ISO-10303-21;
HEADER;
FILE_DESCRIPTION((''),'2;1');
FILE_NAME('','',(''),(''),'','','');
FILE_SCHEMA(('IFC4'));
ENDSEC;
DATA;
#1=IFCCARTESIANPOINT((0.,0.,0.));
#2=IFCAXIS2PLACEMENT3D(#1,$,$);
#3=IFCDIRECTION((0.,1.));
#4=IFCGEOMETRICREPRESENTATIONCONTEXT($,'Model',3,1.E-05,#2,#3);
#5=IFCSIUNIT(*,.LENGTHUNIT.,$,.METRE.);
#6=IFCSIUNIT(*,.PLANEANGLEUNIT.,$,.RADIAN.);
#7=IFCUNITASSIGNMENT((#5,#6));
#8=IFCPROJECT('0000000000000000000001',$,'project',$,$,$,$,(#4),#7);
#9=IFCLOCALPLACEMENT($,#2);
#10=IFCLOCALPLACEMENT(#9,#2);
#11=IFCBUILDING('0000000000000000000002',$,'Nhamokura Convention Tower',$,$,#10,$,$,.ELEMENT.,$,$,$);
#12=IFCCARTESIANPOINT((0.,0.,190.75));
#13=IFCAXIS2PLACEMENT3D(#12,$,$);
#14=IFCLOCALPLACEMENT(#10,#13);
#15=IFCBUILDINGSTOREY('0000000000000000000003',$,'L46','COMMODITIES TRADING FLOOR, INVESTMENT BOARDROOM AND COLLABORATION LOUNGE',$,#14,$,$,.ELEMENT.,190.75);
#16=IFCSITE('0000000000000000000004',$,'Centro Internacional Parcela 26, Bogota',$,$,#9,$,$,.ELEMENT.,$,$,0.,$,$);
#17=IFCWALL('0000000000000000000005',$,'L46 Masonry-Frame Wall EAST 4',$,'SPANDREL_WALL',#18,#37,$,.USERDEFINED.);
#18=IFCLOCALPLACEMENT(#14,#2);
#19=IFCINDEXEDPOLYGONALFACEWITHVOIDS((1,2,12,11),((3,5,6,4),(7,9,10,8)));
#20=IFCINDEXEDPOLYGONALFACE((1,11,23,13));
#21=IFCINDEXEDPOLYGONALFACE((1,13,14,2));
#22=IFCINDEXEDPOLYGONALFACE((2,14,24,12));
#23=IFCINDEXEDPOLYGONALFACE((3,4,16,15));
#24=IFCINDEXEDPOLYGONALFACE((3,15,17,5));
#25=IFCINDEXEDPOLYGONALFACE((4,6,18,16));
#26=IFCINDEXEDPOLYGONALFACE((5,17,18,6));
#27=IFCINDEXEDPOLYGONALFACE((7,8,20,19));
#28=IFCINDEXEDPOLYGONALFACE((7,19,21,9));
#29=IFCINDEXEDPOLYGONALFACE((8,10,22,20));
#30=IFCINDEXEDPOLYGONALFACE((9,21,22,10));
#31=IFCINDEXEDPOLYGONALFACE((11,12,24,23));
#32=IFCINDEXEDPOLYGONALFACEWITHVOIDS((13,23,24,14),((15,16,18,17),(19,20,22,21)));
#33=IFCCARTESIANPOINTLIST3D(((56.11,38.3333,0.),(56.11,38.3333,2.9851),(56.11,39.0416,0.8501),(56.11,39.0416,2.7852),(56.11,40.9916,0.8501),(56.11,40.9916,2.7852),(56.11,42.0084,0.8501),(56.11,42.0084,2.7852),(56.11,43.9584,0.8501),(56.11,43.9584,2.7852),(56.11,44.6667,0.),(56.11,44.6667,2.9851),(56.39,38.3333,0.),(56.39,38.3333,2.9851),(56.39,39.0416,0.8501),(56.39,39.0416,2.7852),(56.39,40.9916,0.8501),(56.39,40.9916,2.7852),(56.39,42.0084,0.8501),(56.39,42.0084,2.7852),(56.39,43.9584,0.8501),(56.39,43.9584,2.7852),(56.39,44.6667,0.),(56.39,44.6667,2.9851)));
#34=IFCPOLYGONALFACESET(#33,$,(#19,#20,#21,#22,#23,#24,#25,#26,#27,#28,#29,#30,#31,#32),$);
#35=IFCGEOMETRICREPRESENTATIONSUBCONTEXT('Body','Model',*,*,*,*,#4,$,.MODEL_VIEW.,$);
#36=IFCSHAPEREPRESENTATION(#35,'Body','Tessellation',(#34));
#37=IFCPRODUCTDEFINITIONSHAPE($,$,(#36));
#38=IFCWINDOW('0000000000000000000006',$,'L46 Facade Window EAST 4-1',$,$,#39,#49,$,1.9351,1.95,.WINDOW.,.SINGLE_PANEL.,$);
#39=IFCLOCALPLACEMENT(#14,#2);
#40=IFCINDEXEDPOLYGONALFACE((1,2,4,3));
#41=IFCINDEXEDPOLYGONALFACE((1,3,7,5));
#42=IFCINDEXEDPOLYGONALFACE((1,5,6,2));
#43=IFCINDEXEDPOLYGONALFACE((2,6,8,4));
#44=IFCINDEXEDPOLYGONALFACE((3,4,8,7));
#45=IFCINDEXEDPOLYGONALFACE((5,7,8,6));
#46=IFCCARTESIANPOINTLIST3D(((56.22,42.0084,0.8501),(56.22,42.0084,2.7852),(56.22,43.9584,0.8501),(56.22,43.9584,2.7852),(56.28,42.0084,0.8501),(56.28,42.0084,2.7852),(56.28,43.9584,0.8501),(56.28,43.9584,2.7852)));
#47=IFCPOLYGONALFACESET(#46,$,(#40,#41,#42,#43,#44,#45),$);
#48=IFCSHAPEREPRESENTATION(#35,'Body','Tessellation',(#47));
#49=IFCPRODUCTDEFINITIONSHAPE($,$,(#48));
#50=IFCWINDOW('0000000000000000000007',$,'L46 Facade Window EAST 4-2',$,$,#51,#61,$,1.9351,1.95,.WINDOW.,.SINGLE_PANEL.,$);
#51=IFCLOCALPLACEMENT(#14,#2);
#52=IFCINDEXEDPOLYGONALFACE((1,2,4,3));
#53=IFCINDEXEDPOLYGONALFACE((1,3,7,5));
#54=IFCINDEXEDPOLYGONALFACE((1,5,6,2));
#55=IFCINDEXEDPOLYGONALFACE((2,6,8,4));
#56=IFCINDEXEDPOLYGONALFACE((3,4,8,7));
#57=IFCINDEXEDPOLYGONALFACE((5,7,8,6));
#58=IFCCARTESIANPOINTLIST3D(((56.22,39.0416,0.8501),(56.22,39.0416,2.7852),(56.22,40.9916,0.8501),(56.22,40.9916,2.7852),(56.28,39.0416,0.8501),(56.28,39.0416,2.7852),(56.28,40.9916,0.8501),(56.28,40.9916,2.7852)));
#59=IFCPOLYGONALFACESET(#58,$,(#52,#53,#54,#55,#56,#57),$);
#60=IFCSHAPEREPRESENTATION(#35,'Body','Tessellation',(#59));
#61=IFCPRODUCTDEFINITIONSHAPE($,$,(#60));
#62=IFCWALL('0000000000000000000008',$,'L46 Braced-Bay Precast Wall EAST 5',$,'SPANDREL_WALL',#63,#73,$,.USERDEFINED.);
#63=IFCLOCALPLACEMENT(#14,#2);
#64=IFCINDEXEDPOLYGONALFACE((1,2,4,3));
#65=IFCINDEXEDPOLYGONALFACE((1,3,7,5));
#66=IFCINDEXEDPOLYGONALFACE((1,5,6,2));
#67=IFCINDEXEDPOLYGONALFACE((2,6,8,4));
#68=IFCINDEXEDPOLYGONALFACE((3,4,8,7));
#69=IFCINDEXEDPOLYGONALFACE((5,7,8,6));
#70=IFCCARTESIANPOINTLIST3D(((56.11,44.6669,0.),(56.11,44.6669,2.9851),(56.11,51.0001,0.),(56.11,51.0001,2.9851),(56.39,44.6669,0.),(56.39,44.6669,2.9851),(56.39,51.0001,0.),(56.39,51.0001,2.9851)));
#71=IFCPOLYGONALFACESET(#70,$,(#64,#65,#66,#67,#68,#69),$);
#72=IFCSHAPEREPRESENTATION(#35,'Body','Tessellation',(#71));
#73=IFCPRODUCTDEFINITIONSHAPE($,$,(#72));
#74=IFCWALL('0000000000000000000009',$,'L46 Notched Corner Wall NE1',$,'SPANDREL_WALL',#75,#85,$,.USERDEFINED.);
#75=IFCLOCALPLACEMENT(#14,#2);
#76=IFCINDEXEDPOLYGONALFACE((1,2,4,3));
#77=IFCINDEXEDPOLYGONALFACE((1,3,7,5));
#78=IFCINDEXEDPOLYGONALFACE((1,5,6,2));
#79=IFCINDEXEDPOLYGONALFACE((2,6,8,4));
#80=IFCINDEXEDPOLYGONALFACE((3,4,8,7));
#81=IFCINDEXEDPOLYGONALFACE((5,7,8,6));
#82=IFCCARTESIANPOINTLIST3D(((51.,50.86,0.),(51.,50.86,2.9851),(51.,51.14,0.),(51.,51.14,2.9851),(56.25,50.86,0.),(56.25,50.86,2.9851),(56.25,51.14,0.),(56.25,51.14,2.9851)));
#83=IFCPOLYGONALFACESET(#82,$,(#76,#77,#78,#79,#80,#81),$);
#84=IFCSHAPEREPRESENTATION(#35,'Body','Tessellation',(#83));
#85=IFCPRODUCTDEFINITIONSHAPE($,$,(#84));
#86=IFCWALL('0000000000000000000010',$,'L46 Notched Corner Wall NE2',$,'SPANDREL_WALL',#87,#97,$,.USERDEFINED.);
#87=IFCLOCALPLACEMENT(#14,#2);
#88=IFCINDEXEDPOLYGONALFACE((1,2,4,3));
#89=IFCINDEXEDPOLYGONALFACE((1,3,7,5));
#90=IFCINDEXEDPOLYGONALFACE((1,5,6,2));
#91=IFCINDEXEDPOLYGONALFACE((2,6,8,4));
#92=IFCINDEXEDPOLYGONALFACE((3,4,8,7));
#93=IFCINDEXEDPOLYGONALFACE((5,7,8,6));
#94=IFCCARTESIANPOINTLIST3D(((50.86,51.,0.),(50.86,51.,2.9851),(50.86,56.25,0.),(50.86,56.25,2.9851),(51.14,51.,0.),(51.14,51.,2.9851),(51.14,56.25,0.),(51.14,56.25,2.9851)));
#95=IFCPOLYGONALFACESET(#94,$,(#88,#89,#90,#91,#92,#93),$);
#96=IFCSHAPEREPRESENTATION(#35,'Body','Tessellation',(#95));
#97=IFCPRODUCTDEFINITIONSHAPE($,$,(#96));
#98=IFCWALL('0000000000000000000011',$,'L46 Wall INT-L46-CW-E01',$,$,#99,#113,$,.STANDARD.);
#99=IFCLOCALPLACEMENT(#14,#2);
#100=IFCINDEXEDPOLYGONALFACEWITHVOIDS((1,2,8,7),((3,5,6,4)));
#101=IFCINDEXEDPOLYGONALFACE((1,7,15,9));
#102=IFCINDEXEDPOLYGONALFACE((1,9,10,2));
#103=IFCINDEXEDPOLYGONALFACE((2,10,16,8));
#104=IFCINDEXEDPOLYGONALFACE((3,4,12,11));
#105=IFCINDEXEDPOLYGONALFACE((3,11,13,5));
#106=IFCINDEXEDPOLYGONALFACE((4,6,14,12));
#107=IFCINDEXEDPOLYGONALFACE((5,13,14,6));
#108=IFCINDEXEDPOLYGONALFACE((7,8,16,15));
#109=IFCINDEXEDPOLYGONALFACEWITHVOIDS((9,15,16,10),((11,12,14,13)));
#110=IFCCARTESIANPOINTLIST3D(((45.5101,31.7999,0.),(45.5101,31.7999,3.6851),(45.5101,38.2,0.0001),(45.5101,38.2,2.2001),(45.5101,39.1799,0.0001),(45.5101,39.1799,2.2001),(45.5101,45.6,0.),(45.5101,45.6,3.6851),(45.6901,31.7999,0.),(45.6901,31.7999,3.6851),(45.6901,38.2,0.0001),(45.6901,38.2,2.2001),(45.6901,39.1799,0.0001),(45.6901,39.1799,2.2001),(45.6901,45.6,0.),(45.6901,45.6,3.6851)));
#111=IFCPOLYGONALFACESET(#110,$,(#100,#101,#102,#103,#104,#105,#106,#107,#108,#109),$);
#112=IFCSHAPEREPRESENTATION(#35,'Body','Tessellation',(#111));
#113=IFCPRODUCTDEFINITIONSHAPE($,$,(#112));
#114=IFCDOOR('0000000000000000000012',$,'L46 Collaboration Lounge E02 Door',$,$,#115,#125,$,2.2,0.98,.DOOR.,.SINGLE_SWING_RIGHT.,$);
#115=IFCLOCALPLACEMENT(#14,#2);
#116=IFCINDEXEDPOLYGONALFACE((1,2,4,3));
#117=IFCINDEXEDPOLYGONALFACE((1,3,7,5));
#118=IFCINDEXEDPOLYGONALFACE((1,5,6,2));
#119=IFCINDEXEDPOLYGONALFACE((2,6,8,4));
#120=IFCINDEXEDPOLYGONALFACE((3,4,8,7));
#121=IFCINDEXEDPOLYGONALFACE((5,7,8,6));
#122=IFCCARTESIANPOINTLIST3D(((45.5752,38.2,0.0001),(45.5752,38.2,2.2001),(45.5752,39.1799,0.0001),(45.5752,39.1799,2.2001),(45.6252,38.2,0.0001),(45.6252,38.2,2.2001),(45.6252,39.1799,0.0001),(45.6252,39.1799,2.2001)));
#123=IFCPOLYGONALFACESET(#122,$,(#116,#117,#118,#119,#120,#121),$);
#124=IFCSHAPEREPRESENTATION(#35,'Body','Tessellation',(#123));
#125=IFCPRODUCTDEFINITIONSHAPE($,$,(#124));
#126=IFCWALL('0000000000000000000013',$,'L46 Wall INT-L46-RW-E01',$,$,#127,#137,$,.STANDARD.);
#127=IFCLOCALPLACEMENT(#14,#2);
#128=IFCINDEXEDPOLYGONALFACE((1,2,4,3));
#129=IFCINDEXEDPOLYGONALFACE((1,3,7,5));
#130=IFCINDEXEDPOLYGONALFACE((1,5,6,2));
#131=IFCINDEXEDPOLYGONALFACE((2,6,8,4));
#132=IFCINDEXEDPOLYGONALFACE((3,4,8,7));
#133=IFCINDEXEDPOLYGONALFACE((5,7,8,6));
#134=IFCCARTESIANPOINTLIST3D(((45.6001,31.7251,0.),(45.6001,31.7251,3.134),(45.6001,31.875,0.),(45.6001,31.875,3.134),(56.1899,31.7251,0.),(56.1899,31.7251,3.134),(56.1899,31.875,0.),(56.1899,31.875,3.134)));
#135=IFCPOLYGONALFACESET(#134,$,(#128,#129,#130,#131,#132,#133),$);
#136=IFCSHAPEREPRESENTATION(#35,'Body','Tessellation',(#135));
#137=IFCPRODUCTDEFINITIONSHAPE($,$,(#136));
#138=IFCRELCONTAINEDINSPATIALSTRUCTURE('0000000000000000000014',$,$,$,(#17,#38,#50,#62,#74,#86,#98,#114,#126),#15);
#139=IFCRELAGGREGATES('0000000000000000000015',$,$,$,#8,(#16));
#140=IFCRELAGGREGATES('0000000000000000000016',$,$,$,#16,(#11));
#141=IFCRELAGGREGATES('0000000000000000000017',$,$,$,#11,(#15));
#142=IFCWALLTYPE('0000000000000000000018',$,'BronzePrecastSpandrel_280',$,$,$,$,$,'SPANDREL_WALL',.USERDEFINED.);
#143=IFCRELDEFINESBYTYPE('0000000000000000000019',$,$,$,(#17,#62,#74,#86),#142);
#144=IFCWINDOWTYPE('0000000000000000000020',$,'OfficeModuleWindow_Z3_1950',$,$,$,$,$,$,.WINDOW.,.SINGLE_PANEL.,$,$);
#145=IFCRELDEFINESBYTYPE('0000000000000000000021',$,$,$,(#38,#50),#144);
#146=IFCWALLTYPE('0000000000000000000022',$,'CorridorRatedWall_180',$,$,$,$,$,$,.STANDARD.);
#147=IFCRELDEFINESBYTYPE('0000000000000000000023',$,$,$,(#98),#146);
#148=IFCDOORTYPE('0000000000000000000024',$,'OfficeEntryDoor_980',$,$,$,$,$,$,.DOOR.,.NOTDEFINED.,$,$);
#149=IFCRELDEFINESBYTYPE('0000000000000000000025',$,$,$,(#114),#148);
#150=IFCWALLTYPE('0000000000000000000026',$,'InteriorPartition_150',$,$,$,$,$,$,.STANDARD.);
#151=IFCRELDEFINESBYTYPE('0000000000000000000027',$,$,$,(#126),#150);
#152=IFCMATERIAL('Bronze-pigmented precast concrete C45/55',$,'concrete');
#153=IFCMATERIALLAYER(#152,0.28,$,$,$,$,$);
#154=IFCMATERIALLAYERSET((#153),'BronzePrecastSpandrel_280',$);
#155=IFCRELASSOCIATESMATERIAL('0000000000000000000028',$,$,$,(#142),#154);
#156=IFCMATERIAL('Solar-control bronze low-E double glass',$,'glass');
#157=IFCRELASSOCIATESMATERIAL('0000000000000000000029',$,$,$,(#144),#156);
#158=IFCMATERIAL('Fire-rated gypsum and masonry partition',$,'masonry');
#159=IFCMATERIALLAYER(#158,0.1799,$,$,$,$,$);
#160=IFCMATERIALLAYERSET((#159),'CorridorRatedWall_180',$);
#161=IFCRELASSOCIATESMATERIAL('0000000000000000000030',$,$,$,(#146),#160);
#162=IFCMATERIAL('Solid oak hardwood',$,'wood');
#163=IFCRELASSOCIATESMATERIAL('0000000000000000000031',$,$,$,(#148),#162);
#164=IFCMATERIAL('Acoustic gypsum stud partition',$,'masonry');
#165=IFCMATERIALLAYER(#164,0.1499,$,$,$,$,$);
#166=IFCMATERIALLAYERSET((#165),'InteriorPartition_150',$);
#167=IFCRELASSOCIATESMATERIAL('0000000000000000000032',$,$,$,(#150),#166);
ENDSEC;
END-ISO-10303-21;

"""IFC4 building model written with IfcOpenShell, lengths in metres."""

from ifc_helpers import new_model, si_unit, direction, frame, frame_2d, origin, place, context, subcontext, project, spatial, rectangle, extrude, material, layer, layer_set, type_object, element, fill, save


model = new_model("IFC4")

# Units and contexts
model_context = context("Model", 3, precision=1e-05, world=origin(), true_north=direction((0.0, 1.0)))
body_context = subcontext(model_context, "Body", "Model", "MODEL_VIEW")
ifc_project = project(units=[si_unit("LENGTHUNIT", "METRE"), si_unit("PLANEANGLEUNIT", "RADIAN")], contexts=[model_context])

# Site, building, storey
site_placement = place(None, origin())
site = spatial("IfcSite", under=ifc_project, at=site_placement, Name="Centro Internacional Parcela 26, Bogota", CompositionType="ELEMENT", RefElevation=0.0)
building_placement = place(site_placement, origin())
building = spatial("IfcBuilding", under=site, at=building_placement, Name="Nhamokura Convention Tower", CompositionType="ELEMENT")
storey_placement = place(building_placement, frame((0.0, 0.0, 190.75)))
storey = spatial("IfcBuildingStorey", under=building, at=storey_placement, Name="L46", Description="COMMODITIES TRADING FLOOR, INVESTMENT BOARDROOM AND COLLABORATION LOUNGE", CompositionType="ELEMENT", Elevation=190.75)

# Shared definitions
ifc_material_1 = material(Name="Bronze-pigmented precast concrete C45/55", Category="concrete")
ifc_layer_1 = layer(ifc_material_1, 0.28)
ifc_layer_set_1 = layer_set([ifc_layer_1], Name="BronzePrecastSpandrel_280")
wall_type_1 = type_object("IfcWallType", Name="BronzePrecastSpandrel_280", ElementType="SPANDREL_WALL", PredefinedType="USERDEFINED", material=ifc_layer_set_1)

# Wall, openings, windows
wall_1_placement = place(storey_placement, frame((56.25, 44.6667, 0.0), z_axis=(0.0, 0.0, 1.0), x_axis=(0.0, -1.0, 0.0)))
wall_1 = element("IfcWall", 1, at=wall_1_placement, inside=storey, type_object=wall_type_1, Name="L46 Masonry-Frame Wall EAST 4", ObjectType="SPANDREL_WALL", PredefinedType="USERDEFINED", context=body_context, shape_type="SweptSolid", body=[
    extrude(rectangle(XDim=6.3335, YDim=0.28, at=frame_2d((3.1667, 0.0))), origin(), (0.0, 0.0, 1.0), 2.9851),
])
opening_1_placement = place(wall_1_placement, frame((0.7083, 0.0, 0.8501)))
opening_1 = element("IfcOpeningElement", 2, at=opening_1_placement, cuts=wall_1, PredefinedType="OPENING", context=body_context, shape_type="SweptSolid", body=[
    extrude(rectangle(XDim=1.95, YDim=1.9351, at=frame_2d((0.9751, 0.9675))), frame((0.0, 0.1499, 0.0), z_axis=(0.0, -1.0, 0.0), x_axis=(1.0, 0.0, 0.0)), (0.0, 0.0, 1.0), 0.3),
])
opening_2_placement = place(wall_1_placement, frame((3.675, 0.0, 0.8501)))
opening_2 = element("IfcOpeningElement", 3, at=opening_2_placement, cuts=wall_1, PredefinedType="OPENING", context=body_context, shape_type="SweptSolid", body=[
    extrude(rectangle(XDim=1.95, YDim=1.9351, at=frame_2d((0.9751, 0.9675))), frame((0.0, 0.1499, 0.0), z_axis=(0.0, -1.0, 0.0), x_axis=(1.0, 0.0, 0.0)), (0.0, 0.0, 1.0), 0.3),
])
ifc_material_2 = material(Name="Solar-control bronze low-E double glass", Category="glass")
window_type_1 = type_object("IfcWindowType", Name="OfficeModuleWindow_Z3_1950", PartitioningType="SINGLE_PANEL", PredefinedType="WINDOW", material=ifc_material_2)
window_1_placement = place(opening_1_placement, origin())
window_1 = element("IfcWindow", 4, at=window_1_placement, inside=storey, type_object=window_type_1, Name="L46 Facade Window EAST 4-1", OverallHeight=1.9351, OverallWidth=1.95, PartitioningType="SINGLE_PANEL", PredefinedType="WINDOW", context=body_context, shape_type="SweptSolid", body=[
    extrude(rectangle(XDim=1.95, YDim=1.9351, at=frame_2d((0.9751, 0.9675))), frame((0.0, 0.03, 0.0), z_axis=(0.0, -1.0, 0.0), x_axis=(1.0, 0.0, 0.0)), (0.0, 0.0, 1.0), 0.0601),
])
fill(opening_1, window_1)
window_2_placement = place(opening_2_placement, origin())
window_2 = element("IfcWindow", 5, at=window_2_placement, inside=storey, type_object=window_type_1, Name="L46 Facade Window EAST 4-2", OverallHeight=1.9351, OverallWidth=1.95, PartitioningType="SINGLE_PANEL", PredefinedType="WINDOW", context=body_context, shape_type="SweptSolid", body=[
    extrude(rectangle(XDim=1.95, YDim=1.9351, at=frame_2d((0.9751, 0.9675))), frame((0.0, 0.03, 0.0), z_axis=(0.0, -1.0, 0.0), x_axis=(1.0, 0.0, 0.0)), (0.0, 0.0, 1.0), 0.0601),
])
fill(opening_2, window_2)

# Walls
wall_2_placement = place(storey_placement, frame((56.25, 51.0, 0.0), z_axis=(0.0, 0.0, 1.0), x_axis=(0.0, -1.0, 0.0)))
element("IfcWall", 6, at=wall_2_placement, inside=storey, type_object=wall_type_1, Name="L46 Braced-Bay Precast Wall EAST 5", ObjectType="SPANDREL_WALL", PredefinedType="USERDEFINED", context=body_context, shape_type="SweptSolid", body=[
    extrude(rectangle(XDim=6.3333, YDim=0.28, at=frame_2d((3.1665, 0.0))), origin(), (0.0, 0.0, 1.0), 2.9851),
])
for number, where, z_axis, x_axis, name in (
    (7, (51.0, 51.0, 0.0), (0.0, 0.0, 1.0), (1.0, 0.0, 0.0), "L46 Notched Corner Wall NE1"),
    (8, (51.0, 56.25, 0.0), (0.0, 0.0, 1.0), (0.0, -1.0, 0.0), "L46 Notched Corner Wall NE2"),
):
    element("IfcWall", number, at=place(storey_placement, frame(where, z_axis=z_axis, x_axis=x_axis)), inside=storey, type_object=wall_type_1, Name=name, ObjectType="SPANDREL_WALL", PredefinedType="USERDEFINED", context=body_context, shape_type="SweptSolid", body=[
        extrude(rectangle(XDim=5.25, YDim=0.28, at=frame_2d((2.625, 0.0))), origin(), (0.0, 0.0, 1.0), 2.9851),
    ])

# Wall, opening, door
ifc_material_3 = material(Name="Fire-rated gypsum and masonry partition", Category="masonry")
ifc_layer_2 = layer(ifc_material_3, 0.1799)
ifc_layer_set_2 = layer_set([ifc_layer_2], Name="CorridorRatedWall_180")
wall_type_2 = type_object("IfcWallType", Name="CorridorRatedWall_180", PredefinedType="STANDARD", material=ifc_layer_set_2)
wall_3_placement = place(storey_placement, frame((45.6001, 31.8, 0.0), z_axis=(0.0, 0.0, 1.0), x_axis=(0.0, 1.0, 0.0)))
wall_3 = element("IfcWall", 9, at=wall_3_placement, inside=storey, type_object=wall_type_2, Name="L46 Wall INT-L46-CW-E01", PredefinedType="STANDARD", context=body_context, shape_type="SweptSolid", body=[
    extrude(rectangle(XDim=13.8, YDim=0.1799, at=frame_2d((6.8999, 0.0))), origin(), (0.0, 0.0, 1.0), 3.6851),
])
opening_3_placement = place(wall_3_placement, frame((6.3999, 0.0, 0.0)))
opening_3 = element("IfcOpeningElement", 10, at=opening_3_placement, cuts=wall_3, PredefinedType="OPENING", context=body_context, shape_type="SweptSolid", body=[
    extrude(rectangle(XDim=0.98, YDim=2.2, at=frame_2d((0.49, 1.1001))), frame((0.0, 0.0999, 0.0), z_axis=(0.0, -1.0, 0.0), x_axis=(1.0, 0.0, 0.0)), (0.0, 0.0, 1.0), 0.2),
])
ifc_material_4 = material(Name="Solid oak hardwood", Category="wood")
door_type = type_object("IfcDoorType", Name="OfficeEntryDoor_980", OperationType="NOTDEFINED", PredefinedType="DOOR", material=ifc_material_4)
door_placement = place(opening_3_placement, origin())
door = element("IfcDoor", 11, at=door_placement, inside=storey, type_object=door_type, Name="L46 Collaboration Lounge E02 Door", OperationType="SINGLE_SWING_RIGHT", OverallHeight=2.2, OverallWidth=0.98, PredefinedType="DOOR", context=body_context, shape_type="SweptSolid", body=[
    extrude(rectangle(XDim=0.98, YDim=2.2, at=frame_2d((0.49, 1.1001))), frame((0.0, 0.0249, 0.0), z_axis=(0.0, -1.0, 0.0), x_axis=(1.0, 0.0, 0.0)), (0.0, 0.0, 1.0), 0.05),
])
fill(opening_3, door)

# Wall
ifc_material_5 = material(Name="Acoustic gypsum stud partition", Category="masonry")
ifc_layer_3 = layer(ifc_material_5, 0.1499)
ifc_layer_set_3 = layer_set([ifc_layer_3], Name="InteriorPartition_150")
wall_type_3 = type_object("IfcWallType", Name="InteriorPartition_150", PredefinedType="STANDARD", material=ifc_layer_set_3)
wall_4_placement = place(storey_placement, frame((45.6001, 31.8, 0.0), z_axis=(0.0, 0.0, 1.0), x_axis=(1.0, 0.0, 0.0)))
element("IfcWall", 12, at=wall_4_placement, inside=storey, type_object=wall_type_3, Name="L46 Wall INT-L46-RW-E01", PredefinedType="STANDARD", context=body_context, shape_type="SweptSolid", body=[
    extrude(rectangle(XDim=10.5898, YDim=0.1499, at=frame_2d((5.2949, 0.0))), origin(), (0.0, 0.0, 1.0), 3.134),
])

save(model, "model.ifc")
